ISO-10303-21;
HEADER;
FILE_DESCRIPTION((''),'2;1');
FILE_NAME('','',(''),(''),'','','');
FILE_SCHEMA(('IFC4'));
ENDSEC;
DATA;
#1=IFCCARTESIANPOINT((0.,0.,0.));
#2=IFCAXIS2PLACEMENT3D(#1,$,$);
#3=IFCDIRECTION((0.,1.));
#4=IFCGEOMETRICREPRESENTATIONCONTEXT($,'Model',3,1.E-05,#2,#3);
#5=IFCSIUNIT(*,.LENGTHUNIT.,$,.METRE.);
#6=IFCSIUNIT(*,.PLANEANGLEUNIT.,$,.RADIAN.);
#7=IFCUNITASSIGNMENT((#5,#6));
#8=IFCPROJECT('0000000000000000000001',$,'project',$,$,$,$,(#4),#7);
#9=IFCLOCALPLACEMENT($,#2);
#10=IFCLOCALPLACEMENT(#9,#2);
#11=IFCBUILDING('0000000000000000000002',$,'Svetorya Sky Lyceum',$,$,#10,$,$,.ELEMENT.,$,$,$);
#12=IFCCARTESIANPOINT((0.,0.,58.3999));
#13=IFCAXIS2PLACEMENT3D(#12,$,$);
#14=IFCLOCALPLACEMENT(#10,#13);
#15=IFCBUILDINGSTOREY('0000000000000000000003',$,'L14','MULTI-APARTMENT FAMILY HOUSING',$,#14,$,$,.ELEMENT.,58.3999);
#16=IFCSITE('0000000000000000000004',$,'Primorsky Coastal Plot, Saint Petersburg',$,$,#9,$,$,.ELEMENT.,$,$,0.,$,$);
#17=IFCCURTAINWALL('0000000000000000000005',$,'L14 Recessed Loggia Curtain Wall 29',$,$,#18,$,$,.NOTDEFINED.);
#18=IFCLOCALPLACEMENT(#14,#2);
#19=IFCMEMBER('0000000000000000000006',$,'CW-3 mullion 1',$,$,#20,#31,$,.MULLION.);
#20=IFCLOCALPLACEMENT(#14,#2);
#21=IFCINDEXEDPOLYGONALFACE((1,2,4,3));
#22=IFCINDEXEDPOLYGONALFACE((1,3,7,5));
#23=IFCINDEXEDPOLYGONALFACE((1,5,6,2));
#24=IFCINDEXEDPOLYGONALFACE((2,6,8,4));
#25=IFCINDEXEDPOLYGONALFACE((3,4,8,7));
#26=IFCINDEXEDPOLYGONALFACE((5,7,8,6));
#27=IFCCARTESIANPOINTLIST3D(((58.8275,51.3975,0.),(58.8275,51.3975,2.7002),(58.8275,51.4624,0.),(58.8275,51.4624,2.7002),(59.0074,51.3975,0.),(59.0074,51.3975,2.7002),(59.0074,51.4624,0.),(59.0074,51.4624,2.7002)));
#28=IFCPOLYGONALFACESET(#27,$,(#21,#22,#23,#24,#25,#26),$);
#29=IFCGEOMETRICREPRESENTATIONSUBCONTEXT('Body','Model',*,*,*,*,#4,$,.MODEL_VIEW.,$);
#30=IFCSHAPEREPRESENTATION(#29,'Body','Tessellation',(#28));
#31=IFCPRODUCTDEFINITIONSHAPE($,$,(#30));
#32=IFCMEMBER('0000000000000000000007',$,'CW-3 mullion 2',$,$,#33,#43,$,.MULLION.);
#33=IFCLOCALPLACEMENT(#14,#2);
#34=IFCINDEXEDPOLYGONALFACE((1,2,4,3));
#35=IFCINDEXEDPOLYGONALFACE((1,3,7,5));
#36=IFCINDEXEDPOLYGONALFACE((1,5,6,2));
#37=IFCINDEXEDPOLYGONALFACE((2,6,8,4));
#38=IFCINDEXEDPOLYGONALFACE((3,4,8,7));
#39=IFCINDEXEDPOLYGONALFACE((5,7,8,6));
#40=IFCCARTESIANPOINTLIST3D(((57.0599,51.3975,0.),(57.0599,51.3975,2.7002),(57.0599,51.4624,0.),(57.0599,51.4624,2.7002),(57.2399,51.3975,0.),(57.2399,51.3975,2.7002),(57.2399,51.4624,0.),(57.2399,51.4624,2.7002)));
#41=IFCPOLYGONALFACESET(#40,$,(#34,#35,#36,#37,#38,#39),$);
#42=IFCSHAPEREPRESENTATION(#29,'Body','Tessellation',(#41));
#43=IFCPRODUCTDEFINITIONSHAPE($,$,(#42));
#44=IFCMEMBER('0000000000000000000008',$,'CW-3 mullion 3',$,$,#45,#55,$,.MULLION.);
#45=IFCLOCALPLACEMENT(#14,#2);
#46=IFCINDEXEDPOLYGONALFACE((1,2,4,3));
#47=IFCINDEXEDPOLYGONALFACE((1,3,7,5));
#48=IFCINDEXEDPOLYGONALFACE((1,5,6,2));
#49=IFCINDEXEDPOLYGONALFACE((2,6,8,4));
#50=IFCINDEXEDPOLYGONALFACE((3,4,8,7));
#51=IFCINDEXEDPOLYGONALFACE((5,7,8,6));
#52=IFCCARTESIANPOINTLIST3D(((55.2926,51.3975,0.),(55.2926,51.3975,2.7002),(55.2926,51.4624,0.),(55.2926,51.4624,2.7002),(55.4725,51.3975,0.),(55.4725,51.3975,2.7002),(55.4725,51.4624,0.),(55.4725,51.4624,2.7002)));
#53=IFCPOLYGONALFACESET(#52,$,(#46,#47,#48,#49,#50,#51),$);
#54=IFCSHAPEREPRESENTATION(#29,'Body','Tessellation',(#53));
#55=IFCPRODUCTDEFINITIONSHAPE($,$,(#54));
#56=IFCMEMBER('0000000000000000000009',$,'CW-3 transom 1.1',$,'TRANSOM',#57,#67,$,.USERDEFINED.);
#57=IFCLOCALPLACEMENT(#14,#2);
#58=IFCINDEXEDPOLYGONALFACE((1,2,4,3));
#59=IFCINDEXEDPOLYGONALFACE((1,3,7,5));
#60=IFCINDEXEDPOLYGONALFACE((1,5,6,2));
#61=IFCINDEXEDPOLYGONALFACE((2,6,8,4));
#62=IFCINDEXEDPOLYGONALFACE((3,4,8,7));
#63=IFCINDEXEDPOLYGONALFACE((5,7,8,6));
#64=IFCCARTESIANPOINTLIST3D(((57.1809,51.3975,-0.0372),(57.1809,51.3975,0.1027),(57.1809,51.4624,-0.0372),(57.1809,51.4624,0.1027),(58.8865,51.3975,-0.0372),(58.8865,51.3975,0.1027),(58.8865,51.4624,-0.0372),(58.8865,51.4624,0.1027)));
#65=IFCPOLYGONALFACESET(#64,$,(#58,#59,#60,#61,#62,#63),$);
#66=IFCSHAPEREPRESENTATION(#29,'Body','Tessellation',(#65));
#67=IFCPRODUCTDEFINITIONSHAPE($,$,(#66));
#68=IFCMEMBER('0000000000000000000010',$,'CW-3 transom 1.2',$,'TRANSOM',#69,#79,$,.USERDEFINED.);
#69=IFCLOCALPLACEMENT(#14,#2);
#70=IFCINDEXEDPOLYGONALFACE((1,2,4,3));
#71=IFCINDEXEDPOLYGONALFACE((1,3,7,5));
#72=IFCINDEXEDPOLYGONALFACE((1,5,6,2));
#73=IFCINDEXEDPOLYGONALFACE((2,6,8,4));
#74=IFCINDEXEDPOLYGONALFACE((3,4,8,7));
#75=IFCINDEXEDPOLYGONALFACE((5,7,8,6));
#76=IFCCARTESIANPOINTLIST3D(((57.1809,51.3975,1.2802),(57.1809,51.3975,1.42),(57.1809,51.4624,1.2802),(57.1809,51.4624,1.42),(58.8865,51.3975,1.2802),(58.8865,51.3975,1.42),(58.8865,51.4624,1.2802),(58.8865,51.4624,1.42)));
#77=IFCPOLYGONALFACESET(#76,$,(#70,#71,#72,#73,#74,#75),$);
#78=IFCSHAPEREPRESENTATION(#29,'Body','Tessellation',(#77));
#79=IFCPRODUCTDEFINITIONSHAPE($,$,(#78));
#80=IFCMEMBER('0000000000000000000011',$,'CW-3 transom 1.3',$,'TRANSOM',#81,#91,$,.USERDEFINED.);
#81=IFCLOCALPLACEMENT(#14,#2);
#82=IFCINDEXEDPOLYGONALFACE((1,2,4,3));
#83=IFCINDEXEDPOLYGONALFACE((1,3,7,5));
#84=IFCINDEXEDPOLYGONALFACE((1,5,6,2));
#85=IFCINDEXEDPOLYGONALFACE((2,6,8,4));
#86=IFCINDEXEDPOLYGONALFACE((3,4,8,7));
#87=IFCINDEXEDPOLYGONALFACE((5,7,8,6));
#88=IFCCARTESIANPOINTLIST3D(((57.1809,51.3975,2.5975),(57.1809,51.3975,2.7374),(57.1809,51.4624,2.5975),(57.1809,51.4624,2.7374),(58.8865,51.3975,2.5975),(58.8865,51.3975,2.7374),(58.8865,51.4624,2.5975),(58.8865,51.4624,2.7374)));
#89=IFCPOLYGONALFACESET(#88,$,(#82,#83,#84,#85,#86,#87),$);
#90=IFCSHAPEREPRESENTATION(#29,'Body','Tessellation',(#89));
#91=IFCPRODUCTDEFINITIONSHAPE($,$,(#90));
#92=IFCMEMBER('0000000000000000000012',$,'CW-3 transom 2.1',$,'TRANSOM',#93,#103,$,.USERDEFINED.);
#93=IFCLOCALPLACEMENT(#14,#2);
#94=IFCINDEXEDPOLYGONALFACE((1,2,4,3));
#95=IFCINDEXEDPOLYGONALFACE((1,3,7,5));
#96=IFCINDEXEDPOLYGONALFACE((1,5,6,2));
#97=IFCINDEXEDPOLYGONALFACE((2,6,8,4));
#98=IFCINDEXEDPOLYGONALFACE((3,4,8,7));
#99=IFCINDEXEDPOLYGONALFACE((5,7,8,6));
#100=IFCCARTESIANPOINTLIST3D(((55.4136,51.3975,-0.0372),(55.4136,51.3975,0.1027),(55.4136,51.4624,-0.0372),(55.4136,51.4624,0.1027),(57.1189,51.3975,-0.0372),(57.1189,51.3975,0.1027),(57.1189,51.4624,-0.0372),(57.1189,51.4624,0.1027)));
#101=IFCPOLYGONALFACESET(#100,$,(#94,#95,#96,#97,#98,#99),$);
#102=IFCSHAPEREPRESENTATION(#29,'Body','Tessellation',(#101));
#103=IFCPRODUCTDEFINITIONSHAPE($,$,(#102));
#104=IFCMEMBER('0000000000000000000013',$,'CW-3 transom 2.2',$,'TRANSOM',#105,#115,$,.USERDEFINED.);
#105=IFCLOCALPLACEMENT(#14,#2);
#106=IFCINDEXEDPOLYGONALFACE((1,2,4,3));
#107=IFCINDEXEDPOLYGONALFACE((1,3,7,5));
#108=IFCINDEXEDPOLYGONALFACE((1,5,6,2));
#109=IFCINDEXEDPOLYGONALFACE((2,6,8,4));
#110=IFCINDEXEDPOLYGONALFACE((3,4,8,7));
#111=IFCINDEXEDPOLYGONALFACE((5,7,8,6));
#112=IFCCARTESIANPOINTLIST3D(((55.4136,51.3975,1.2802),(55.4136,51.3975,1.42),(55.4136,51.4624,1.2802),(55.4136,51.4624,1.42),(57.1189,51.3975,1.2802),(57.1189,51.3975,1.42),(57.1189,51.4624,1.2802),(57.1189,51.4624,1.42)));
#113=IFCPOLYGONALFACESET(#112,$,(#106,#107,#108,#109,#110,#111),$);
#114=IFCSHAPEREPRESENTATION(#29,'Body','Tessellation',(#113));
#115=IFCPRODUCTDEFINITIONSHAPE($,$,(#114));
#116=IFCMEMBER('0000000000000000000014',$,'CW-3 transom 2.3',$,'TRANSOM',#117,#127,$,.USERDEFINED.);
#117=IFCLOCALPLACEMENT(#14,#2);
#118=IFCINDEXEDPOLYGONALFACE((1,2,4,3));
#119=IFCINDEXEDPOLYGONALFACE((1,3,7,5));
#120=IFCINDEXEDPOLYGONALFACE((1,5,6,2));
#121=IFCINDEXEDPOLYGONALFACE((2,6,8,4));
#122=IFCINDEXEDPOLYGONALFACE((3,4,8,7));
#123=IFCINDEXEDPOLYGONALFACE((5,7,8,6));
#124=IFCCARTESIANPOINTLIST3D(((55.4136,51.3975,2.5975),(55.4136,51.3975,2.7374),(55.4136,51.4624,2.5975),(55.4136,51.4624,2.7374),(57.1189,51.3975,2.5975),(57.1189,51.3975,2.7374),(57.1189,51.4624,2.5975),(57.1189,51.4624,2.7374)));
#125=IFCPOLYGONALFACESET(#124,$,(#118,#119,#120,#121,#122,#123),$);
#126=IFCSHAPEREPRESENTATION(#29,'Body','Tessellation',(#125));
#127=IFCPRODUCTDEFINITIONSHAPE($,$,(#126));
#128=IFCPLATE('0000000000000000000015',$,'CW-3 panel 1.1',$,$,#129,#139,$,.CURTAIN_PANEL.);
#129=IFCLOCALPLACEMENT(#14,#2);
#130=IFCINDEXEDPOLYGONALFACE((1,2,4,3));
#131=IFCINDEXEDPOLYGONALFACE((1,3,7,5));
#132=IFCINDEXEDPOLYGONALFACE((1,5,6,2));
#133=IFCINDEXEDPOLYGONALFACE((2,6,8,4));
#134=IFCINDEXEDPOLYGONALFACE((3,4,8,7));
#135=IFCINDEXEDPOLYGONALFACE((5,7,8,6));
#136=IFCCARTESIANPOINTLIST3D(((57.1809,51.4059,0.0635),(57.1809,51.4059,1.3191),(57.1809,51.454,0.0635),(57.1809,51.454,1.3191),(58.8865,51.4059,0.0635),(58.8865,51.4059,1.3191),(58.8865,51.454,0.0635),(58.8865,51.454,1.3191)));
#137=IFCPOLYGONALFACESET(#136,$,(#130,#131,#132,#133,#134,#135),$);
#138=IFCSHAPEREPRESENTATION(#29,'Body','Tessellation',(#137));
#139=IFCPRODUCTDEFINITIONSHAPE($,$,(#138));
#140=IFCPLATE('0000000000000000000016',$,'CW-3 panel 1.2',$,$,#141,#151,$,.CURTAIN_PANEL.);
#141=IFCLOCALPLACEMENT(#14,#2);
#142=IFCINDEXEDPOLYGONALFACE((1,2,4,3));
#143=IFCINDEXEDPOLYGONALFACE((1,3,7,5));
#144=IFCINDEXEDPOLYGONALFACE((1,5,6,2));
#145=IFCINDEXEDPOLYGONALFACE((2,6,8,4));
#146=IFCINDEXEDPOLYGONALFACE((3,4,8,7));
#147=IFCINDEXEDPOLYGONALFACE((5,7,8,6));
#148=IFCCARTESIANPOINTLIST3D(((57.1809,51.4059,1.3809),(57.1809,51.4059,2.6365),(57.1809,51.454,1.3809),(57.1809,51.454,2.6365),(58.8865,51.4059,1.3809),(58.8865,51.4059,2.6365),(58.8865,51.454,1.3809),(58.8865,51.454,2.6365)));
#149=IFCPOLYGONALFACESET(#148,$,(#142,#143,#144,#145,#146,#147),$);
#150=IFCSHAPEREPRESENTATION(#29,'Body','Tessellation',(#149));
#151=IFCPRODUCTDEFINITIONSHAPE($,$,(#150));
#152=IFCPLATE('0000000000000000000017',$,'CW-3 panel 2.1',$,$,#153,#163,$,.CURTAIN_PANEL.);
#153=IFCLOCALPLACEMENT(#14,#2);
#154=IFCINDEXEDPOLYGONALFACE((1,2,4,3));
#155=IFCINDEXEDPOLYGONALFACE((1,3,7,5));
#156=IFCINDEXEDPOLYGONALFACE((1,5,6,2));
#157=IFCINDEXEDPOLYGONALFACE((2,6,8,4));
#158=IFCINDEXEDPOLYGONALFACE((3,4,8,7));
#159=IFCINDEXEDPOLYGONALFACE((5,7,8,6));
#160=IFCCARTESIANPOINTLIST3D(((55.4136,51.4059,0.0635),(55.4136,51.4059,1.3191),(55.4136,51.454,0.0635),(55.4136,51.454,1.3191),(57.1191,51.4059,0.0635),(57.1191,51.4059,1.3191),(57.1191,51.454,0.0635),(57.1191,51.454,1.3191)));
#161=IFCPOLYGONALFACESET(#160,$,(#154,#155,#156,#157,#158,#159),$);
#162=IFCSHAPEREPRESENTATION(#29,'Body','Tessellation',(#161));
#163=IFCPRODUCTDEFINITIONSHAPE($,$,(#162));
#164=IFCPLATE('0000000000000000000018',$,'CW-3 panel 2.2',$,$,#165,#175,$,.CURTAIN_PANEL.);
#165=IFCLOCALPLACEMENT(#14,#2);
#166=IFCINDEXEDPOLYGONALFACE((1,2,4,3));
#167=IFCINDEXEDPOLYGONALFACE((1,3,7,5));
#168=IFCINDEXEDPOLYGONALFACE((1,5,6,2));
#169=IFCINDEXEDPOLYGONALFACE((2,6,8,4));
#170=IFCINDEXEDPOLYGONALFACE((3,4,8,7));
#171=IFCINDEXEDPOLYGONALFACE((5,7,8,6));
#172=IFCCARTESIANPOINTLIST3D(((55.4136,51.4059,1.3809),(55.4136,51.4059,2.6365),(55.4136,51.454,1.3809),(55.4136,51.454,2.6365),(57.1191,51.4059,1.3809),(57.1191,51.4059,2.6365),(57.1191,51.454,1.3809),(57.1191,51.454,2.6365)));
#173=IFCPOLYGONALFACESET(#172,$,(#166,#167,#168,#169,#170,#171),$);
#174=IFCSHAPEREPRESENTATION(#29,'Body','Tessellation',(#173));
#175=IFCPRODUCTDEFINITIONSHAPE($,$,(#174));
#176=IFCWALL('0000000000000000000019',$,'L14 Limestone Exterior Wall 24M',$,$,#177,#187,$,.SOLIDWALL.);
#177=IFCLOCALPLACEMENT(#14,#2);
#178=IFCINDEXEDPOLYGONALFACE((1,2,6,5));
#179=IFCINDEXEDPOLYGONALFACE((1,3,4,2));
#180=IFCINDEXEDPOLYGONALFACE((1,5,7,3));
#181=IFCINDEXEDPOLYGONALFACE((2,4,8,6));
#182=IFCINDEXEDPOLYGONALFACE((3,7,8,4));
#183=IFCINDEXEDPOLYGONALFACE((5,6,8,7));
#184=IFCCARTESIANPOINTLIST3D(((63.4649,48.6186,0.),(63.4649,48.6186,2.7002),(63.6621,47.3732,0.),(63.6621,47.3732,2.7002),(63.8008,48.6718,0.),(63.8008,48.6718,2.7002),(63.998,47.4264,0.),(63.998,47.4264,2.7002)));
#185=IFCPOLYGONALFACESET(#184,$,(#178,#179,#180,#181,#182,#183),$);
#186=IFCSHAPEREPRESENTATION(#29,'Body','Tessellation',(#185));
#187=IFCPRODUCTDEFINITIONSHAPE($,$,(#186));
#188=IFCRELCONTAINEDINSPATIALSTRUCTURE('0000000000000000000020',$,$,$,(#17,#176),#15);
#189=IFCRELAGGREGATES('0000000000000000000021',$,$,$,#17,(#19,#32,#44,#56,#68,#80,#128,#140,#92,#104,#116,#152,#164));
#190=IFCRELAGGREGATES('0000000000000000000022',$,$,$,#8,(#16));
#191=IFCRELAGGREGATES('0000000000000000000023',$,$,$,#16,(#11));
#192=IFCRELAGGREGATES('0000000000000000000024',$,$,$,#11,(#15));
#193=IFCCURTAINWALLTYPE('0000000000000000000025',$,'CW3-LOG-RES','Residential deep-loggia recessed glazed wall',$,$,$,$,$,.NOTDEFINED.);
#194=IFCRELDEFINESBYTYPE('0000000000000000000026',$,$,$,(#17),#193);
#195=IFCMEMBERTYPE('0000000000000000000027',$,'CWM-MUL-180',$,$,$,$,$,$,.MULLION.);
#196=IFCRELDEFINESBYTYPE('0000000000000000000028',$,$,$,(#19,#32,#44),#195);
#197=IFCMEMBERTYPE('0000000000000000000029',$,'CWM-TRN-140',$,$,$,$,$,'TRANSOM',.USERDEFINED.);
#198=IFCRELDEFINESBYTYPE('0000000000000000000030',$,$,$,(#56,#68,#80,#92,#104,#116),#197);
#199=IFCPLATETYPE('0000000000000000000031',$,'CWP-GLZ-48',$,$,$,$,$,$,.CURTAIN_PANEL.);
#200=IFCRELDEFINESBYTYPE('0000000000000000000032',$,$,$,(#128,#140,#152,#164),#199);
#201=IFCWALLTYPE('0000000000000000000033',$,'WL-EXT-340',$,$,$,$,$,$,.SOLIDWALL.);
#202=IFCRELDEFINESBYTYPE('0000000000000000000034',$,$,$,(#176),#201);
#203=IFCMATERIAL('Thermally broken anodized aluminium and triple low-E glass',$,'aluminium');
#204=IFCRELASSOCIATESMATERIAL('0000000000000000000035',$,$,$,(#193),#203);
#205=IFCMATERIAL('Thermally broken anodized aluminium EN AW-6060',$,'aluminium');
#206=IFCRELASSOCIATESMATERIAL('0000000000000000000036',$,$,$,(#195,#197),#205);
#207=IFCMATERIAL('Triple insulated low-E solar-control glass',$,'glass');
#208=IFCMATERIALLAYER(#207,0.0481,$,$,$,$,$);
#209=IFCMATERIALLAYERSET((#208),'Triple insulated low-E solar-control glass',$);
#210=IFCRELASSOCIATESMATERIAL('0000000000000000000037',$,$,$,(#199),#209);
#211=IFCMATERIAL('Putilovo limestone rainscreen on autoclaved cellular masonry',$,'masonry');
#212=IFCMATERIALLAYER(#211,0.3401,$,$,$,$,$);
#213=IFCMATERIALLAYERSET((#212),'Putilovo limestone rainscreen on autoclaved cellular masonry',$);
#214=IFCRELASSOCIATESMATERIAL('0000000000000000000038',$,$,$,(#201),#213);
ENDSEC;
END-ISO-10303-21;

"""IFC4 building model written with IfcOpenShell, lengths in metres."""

from ifc_helpers import new_model, si_unit, direction, frame, frame_2d, origin, origin_2d, place, context, subcontext, project, spatial, rectangle, extrude, material, layer, layer_set, material_profile, profile_set, type_object, element, aggregate, save


model = new_model("IFC4")

# Units and contexts
model_context = context("Model", 3, precision=1e-05, world=origin(), true_north=direction((0.0, 1.0)))
body_context = subcontext(model_context, "Body", "Model", "MODEL_VIEW")
ifc_project = project(units=[si_unit("LENGTHUNIT", "METRE"), si_unit("PLANEANGLEUNIT", "RADIAN")], contexts=[model_context])

# Site, building, storey
site_placement = place(None, origin())
site = spatial("IfcSite", under=ifc_project, at=site_placement, Name="Primorsky Coastal Plot, Saint Petersburg", CompositionType="ELEMENT", RefElevation=0.0)
building_placement = place(site_placement, origin())
building = spatial("IfcBuilding", under=site, at=building_placement, Name="Svetorya Sky Lyceum", CompositionType="ELEMENT")
storey_placement = place(building_placement, frame((0.0, 0.0, 58.3999)))
storey = spatial("IfcBuildingStorey", under=building, at=storey_placement, Name="L14", Description="MULTI-APARTMENT FAMILY HOUSING", CompositionType="ELEMENT", Elevation=58.3999)

# Curtain wall, members, plates
ifc_material_1 = material(Name="Thermally broken anodized aluminium and triple low-E glass", Category="aluminium")
curtain_wall_type = type_object("IfcCurtainWallType", Name="CW3-LOG-RES", Description="Residential deep-loggia recessed glazed wall", PredefinedType="NOTDEFINED", material=ifc_material_1)
curtain_wall_placement = place(storey_placement, origin())
curtain_wall = element("IfcCurtainWall", 1, at=curtain_wall_placement, inside=storey, type_object=curtain_wall_type, Name="L14 Recessed Loggia Curtain Wall 29", PredefinedType="NOTDEFINED")
ifc_material_2 = material(Name="Thermally broken anodized aluminium EN AW-6060", Category="aluminium")
ifc_material_profile_1 = material_profile(ifc_material_2, rectangle(XDim=0.0649, YDim=0.1799, at=origin_2d()), Name="ALU MULLION 65x180")
ifc_profile_set_1 = profile_set([ifc_material_profile_1], Name="Thermally broken anodized aluminium EN AW-6060")
member_type_1 = type_object("IfcMemberType", Name="CWM-MUL-180", PredefinedType="MULLION", material=ifc_profile_set_1)
member_1_placement = place(storey_placement, frame((58.9175, 51.4299, 0.0), z_axis=(0.0, 0.0, 1.0), x_axis=(0.0, -1.0, 0.0)))
member_1 = element("IfcMember", 2, at=member_1_placement, type_object=member_type_1, Name="CW-3 mullion 1", PredefinedType="MULLION", context=body_context, shape_type="SweptSolid", body=[
    extrude(rectangle(XDim=0.0649, YDim=0.1799, at=origin_2d()), origin(), (0.0, 0.0, 1.0), 2.7002),
])
member_2_placement = place(storey_placement, frame((57.1499, 51.4299, 0.0), z_axis=(0.0, 0.0, 1.0), x_axis=(0.0, -1.0, 0.0)))
member_2 = element("IfcMember", 3, at=member_2_placement, type_object=member_type_1, Name="CW-3 mullion 2", PredefinedType="MULLION", context=body_context, shape_type="SweptSolid", body=[
    extrude(rectangle(XDim=0.0649, YDim=0.1799, at=origin_2d()), origin(), (0.0, 0.0, 1.0), 2.7002),
])
member_3_placement = place(storey_placement, frame((55.3826, 51.4299, 0.0), z_axis=(0.0, 0.0, 1.0), x_axis=(0.0, -1.0, 0.0)))
member_3 = element("IfcMember", 4, at=member_3_placement, type_object=member_type_1, Name="CW-3 mullion 3", PredefinedType="MULLION", context=body_context, shape_type="SweptSolid", body=[
    extrude(rectangle(XDim=0.0649, YDim=0.1799, at=origin_2d()), origin(), (0.0, 0.0, 1.0), 2.7002),
])
ifc_material_profile_2 = material_profile(ifc_material_2, rectangle(XDim=0.0649, YDim=0.1399, at=origin_2d()), Name="ALU TRANSOM 65x140")
ifc_profile_set_2 = profile_set([ifc_material_profile_2], Name="Thermally broken anodized aluminium EN AW-6060")
member_type_2 = type_object("IfcMemberType", Name="CWM-TRN-140", ElementType="TRANSOM", PredefinedType="USERDEFINED", material=ifc_profile_set_2)
member_4_placement = place(storey_placement, frame((58.8865, 51.4299, 0.0327), z_axis=(-1.0, 0.0, 0.0), x_axis=(0.0, -1.0, 0.0)))
member_4 = element("IfcMember", 5, at=member_4_placement, type_object=member_type_2, Name="CW-3 transom 1.1", ObjectType="TRANSOM", PredefinedType="USERDEFINED", context=body_context, shape_type="SweptSolid", body=[
    extrude(rectangle(XDim=0.0649, YDim=0.1399, at=origin_2d()), origin(), (0.0, 0.0, 1.0), 1.7056),
])
member_5_placement = place(storey_placement, frame((58.8865, 51.4299, 1.3501), z_axis=(-1.0, 0.0, 0.0), x_axis=(0.0, -1.0, 0.0)))
member_5 = element("IfcMember", 6, at=member_5_placement, type_object=member_type_2, Name="CW-3 transom 1.2", ObjectType="TRANSOM", PredefinedType="USERDEFINED", context=body_context, shape_type="SweptSolid", body=[
    extrude(rectangle(XDim=0.0649, YDim=0.1399, at=origin_2d()), origin(), (0.0, 0.0, 1.0), 1.7056),
])
member_6_placement = place(storey_placement, frame((58.8865, 51.4299, 2.6675), z_axis=(-1.0, 0.0, 0.0), x_axis=(0.0, -1.0, 0.0)))
member_6 = element("IfcMember", 7, at=member_6_placement, type_object=member_type_2, Name="CW-3 transom 1.3", ObjectType="TRANSOM", PredefinedType="USERDEFINED", context=body_context, shape_type="SweptSolid", body=[
    extrude(rectangle(XDim=0.0649, YDim=0.1399, at=origin_2d()), origin(), (0.0, 0.0, 1.0), 1.7056),
])
member_7_placement = place(storey_placement, frame((57.1189, 51.4299, 0.0327), z_axis=(-1.0, 0.0, 0.0), x_axis=(0.0, -1.0, 0.0)))
member_7 = element("IfcMember", 8, at=member_7_placement, type_object=member_type_2, Name="CW-3 transom 2.1", ObjectType="TRANSOM", PredefinedType="USERDEFINED", context=body_context, shape_type="SweptSolid", body=[
    extrude(rectangle(XDim=0.0649, YDim=0.1399, at=origin_2d()), origin(), (0.0, 0.0, 1.0), 1.7053),
])
member_8_placement = place(storey_placement, frame((57.1189, 51.4299, 1.3501), z_axis=(-1.0, 0.0, 0.0), x_axis=(0.0, -1.0, 0.0)))
member_8 = element("IfcMember", 9, at=member_8_placement, type_object=member_type_2, Name="CW-3 transom 2.2", ObjectType="TRANSOM", PredefinedType="USERDEFINED", context=body_context, shape_type="SweptSolid", body=[
    extrude(rectangle(XDim=0.0649, YDim=0.1399, at=origin_2d()), origin(), (0.0, 0.0, 1.0), 1.7053),
])
member_9_placement = place(storey_placement, frame((57.1189, 51.4299, 2.6675), z_axis=(-1.0, 0.0, 0.0), x_axis=(0.0, -1.0, 0.0)))
member_9 = element("IfcMember", 10, at=member_9_placement, type_object=member_type_2, Name="CW-3 transom 2.3", ObjectType="TRANSOM", PredefinedType="USERDEFINED", context=body_context, shape_type="SweptSolid", body=[
    extrude(rectangle(XDim=0.0649, YDim=0.1399, at=origin_2d()), origin(), (0.0, 0.0, 1.0), 1.7053),
])
ifc_material_3 = material(Name="Triple insulated low-E solar-control glass", Category="glass")
ifc_layer_1 = layer(ifc_material_3, 0.0481)
ifc_layer_set_1 = layer_set([ifc_layer_1], Name="Triple insulated low-E solar-control glass")
plate_type = type_object("IfcPlateType", Name="CWP-GLZ-48", PredefinedType="CURTAIN_PANEL", material=ifc_layer_set_1)
plate_1_placement = place(storey_placement, frame((58.0337, 51.4299, 0.0635), z_axis=(0.0, 0.0, 1.0), x_axis=(-1.0, 0.0, 0.0)))
plate_1 = element("IfcPlate", 11, at=plate_1_placement, type_object=plate_type, Name="CW-3 panel 1.1", PredefinedType="CURTAIN_PANEL", context=body_context, shape_type="SweptSolid", body=[
    extrude(rectangle(XDim=1.7056, YDim=0.0481, at=origin_2d()), origin(), (0.0, 0.0, 1.0), 1.2556),
])
plate_2_placement = place(storey_placement, frame((58.0337, 51.4299, 1.3809), z_axis=(0.0, 0.0, 1.0), x_axis=(-1.0, 0.0, 0.0)))
plate_2 = element("IfcPlate", 12, at=plate_2_placement, type_object=plate_type, Name="CW-3 panel 1.2", PredefinedType="CURTAIN_PANEL", context=body_context, shape_type="SweptSolid", body=[
    extrude(rectangle(XDim=1.7056, YDim=0.0481, at=origin_2d()), origin(), (0.0, 0.0, 1.0), 1.2556),
])
plate_3_placement = place(storey_placement, frame((56.2664, 51.4299, 0.0635), z_axis=(0.0, 0.0, 1.0), x_axis=(-1.0, 0.0, 0.0)))
plate_3 = element("IfcPlate", 13, at=plate_3_placement, type_object=plate_type, Name="CW-3 panel 2.1", PredefinedType="CURTAIN_PANEL", context=body_context, shape_type="SweptSolid", body=[
    extrude(rectangle(XDim=1.7056, YDim=0.0481, at=origin_2d()), origin(), (0.0, 0.0, 1.0), 1.2556),
])
plate_4_placement = place(storey_placement, frame((56.2664, 51.4299, 1.3809), z_axis=(0.0, 0.0, 1.0), x_axis=(-1.0, 0.0, 0.0)))
plate_4 = element("IfcPlate", 14, at=plate_4_placement, type_object=plate_type, Name="CW-3 panel 2.2", PredefinedType="CURTAIN_PANEL", context=body_context, shape_type="SweptSolid", body=[
    extrude(rectangle(XDim=1.7056, YDim=0.0481, at=origin_2d()), origin(), (0.0, 0.0, 1.0), 1.2556),
])
aggregate(curtain_wall, [member_1, member_2, member_3, member_4, member_5, member_6, plate_1, plate_2, member_7, member_8, member_9, plate_3, plate_4])

# Wall
ifc_material_4 = material(Name="Putilovo limestone rainscreen on autoclaved cellular masonry", Category="masonry")
ifc_layer_2 = layer(ifc_material_4, 0.3401)
ifc_layer_set_2 = layer_set([ifc_layer_2], Name="Putilovo limestone rainscreen on autoclaved cellular masonry")
wall_type = type_object("IfcWallType", Name="WL-EXT-340", PredefinedType="SOLIDWALL", material=ifc_layer_set_2)
for number, where, z_axis, x_axis, name in (
    (15, (63.8301, 47.3999, 0.0), (0.0, 0.0, 1.0), (-0.15645, 0.987686, 0.0), "L14 Limestone Exterior Wall 24M"),
):
    element("IfcWall", number, at=place(storey_placement, frame(where, z_axis=z_axis, x_axis=x_axis)), inside=storey, type_object=wall_type, Name=name, PredefinedType="SOLIDWALL", context=body_context, shape_type="SweptSolid", body=[
        extrude(rectangle(XDim=1.261, YDim=0.3401, at=frame_2d((0.6304, 0.0))), origin(), (0.0, 0.0, 1.0), 2.7002),
    ])

save(model, "model.ifc")
